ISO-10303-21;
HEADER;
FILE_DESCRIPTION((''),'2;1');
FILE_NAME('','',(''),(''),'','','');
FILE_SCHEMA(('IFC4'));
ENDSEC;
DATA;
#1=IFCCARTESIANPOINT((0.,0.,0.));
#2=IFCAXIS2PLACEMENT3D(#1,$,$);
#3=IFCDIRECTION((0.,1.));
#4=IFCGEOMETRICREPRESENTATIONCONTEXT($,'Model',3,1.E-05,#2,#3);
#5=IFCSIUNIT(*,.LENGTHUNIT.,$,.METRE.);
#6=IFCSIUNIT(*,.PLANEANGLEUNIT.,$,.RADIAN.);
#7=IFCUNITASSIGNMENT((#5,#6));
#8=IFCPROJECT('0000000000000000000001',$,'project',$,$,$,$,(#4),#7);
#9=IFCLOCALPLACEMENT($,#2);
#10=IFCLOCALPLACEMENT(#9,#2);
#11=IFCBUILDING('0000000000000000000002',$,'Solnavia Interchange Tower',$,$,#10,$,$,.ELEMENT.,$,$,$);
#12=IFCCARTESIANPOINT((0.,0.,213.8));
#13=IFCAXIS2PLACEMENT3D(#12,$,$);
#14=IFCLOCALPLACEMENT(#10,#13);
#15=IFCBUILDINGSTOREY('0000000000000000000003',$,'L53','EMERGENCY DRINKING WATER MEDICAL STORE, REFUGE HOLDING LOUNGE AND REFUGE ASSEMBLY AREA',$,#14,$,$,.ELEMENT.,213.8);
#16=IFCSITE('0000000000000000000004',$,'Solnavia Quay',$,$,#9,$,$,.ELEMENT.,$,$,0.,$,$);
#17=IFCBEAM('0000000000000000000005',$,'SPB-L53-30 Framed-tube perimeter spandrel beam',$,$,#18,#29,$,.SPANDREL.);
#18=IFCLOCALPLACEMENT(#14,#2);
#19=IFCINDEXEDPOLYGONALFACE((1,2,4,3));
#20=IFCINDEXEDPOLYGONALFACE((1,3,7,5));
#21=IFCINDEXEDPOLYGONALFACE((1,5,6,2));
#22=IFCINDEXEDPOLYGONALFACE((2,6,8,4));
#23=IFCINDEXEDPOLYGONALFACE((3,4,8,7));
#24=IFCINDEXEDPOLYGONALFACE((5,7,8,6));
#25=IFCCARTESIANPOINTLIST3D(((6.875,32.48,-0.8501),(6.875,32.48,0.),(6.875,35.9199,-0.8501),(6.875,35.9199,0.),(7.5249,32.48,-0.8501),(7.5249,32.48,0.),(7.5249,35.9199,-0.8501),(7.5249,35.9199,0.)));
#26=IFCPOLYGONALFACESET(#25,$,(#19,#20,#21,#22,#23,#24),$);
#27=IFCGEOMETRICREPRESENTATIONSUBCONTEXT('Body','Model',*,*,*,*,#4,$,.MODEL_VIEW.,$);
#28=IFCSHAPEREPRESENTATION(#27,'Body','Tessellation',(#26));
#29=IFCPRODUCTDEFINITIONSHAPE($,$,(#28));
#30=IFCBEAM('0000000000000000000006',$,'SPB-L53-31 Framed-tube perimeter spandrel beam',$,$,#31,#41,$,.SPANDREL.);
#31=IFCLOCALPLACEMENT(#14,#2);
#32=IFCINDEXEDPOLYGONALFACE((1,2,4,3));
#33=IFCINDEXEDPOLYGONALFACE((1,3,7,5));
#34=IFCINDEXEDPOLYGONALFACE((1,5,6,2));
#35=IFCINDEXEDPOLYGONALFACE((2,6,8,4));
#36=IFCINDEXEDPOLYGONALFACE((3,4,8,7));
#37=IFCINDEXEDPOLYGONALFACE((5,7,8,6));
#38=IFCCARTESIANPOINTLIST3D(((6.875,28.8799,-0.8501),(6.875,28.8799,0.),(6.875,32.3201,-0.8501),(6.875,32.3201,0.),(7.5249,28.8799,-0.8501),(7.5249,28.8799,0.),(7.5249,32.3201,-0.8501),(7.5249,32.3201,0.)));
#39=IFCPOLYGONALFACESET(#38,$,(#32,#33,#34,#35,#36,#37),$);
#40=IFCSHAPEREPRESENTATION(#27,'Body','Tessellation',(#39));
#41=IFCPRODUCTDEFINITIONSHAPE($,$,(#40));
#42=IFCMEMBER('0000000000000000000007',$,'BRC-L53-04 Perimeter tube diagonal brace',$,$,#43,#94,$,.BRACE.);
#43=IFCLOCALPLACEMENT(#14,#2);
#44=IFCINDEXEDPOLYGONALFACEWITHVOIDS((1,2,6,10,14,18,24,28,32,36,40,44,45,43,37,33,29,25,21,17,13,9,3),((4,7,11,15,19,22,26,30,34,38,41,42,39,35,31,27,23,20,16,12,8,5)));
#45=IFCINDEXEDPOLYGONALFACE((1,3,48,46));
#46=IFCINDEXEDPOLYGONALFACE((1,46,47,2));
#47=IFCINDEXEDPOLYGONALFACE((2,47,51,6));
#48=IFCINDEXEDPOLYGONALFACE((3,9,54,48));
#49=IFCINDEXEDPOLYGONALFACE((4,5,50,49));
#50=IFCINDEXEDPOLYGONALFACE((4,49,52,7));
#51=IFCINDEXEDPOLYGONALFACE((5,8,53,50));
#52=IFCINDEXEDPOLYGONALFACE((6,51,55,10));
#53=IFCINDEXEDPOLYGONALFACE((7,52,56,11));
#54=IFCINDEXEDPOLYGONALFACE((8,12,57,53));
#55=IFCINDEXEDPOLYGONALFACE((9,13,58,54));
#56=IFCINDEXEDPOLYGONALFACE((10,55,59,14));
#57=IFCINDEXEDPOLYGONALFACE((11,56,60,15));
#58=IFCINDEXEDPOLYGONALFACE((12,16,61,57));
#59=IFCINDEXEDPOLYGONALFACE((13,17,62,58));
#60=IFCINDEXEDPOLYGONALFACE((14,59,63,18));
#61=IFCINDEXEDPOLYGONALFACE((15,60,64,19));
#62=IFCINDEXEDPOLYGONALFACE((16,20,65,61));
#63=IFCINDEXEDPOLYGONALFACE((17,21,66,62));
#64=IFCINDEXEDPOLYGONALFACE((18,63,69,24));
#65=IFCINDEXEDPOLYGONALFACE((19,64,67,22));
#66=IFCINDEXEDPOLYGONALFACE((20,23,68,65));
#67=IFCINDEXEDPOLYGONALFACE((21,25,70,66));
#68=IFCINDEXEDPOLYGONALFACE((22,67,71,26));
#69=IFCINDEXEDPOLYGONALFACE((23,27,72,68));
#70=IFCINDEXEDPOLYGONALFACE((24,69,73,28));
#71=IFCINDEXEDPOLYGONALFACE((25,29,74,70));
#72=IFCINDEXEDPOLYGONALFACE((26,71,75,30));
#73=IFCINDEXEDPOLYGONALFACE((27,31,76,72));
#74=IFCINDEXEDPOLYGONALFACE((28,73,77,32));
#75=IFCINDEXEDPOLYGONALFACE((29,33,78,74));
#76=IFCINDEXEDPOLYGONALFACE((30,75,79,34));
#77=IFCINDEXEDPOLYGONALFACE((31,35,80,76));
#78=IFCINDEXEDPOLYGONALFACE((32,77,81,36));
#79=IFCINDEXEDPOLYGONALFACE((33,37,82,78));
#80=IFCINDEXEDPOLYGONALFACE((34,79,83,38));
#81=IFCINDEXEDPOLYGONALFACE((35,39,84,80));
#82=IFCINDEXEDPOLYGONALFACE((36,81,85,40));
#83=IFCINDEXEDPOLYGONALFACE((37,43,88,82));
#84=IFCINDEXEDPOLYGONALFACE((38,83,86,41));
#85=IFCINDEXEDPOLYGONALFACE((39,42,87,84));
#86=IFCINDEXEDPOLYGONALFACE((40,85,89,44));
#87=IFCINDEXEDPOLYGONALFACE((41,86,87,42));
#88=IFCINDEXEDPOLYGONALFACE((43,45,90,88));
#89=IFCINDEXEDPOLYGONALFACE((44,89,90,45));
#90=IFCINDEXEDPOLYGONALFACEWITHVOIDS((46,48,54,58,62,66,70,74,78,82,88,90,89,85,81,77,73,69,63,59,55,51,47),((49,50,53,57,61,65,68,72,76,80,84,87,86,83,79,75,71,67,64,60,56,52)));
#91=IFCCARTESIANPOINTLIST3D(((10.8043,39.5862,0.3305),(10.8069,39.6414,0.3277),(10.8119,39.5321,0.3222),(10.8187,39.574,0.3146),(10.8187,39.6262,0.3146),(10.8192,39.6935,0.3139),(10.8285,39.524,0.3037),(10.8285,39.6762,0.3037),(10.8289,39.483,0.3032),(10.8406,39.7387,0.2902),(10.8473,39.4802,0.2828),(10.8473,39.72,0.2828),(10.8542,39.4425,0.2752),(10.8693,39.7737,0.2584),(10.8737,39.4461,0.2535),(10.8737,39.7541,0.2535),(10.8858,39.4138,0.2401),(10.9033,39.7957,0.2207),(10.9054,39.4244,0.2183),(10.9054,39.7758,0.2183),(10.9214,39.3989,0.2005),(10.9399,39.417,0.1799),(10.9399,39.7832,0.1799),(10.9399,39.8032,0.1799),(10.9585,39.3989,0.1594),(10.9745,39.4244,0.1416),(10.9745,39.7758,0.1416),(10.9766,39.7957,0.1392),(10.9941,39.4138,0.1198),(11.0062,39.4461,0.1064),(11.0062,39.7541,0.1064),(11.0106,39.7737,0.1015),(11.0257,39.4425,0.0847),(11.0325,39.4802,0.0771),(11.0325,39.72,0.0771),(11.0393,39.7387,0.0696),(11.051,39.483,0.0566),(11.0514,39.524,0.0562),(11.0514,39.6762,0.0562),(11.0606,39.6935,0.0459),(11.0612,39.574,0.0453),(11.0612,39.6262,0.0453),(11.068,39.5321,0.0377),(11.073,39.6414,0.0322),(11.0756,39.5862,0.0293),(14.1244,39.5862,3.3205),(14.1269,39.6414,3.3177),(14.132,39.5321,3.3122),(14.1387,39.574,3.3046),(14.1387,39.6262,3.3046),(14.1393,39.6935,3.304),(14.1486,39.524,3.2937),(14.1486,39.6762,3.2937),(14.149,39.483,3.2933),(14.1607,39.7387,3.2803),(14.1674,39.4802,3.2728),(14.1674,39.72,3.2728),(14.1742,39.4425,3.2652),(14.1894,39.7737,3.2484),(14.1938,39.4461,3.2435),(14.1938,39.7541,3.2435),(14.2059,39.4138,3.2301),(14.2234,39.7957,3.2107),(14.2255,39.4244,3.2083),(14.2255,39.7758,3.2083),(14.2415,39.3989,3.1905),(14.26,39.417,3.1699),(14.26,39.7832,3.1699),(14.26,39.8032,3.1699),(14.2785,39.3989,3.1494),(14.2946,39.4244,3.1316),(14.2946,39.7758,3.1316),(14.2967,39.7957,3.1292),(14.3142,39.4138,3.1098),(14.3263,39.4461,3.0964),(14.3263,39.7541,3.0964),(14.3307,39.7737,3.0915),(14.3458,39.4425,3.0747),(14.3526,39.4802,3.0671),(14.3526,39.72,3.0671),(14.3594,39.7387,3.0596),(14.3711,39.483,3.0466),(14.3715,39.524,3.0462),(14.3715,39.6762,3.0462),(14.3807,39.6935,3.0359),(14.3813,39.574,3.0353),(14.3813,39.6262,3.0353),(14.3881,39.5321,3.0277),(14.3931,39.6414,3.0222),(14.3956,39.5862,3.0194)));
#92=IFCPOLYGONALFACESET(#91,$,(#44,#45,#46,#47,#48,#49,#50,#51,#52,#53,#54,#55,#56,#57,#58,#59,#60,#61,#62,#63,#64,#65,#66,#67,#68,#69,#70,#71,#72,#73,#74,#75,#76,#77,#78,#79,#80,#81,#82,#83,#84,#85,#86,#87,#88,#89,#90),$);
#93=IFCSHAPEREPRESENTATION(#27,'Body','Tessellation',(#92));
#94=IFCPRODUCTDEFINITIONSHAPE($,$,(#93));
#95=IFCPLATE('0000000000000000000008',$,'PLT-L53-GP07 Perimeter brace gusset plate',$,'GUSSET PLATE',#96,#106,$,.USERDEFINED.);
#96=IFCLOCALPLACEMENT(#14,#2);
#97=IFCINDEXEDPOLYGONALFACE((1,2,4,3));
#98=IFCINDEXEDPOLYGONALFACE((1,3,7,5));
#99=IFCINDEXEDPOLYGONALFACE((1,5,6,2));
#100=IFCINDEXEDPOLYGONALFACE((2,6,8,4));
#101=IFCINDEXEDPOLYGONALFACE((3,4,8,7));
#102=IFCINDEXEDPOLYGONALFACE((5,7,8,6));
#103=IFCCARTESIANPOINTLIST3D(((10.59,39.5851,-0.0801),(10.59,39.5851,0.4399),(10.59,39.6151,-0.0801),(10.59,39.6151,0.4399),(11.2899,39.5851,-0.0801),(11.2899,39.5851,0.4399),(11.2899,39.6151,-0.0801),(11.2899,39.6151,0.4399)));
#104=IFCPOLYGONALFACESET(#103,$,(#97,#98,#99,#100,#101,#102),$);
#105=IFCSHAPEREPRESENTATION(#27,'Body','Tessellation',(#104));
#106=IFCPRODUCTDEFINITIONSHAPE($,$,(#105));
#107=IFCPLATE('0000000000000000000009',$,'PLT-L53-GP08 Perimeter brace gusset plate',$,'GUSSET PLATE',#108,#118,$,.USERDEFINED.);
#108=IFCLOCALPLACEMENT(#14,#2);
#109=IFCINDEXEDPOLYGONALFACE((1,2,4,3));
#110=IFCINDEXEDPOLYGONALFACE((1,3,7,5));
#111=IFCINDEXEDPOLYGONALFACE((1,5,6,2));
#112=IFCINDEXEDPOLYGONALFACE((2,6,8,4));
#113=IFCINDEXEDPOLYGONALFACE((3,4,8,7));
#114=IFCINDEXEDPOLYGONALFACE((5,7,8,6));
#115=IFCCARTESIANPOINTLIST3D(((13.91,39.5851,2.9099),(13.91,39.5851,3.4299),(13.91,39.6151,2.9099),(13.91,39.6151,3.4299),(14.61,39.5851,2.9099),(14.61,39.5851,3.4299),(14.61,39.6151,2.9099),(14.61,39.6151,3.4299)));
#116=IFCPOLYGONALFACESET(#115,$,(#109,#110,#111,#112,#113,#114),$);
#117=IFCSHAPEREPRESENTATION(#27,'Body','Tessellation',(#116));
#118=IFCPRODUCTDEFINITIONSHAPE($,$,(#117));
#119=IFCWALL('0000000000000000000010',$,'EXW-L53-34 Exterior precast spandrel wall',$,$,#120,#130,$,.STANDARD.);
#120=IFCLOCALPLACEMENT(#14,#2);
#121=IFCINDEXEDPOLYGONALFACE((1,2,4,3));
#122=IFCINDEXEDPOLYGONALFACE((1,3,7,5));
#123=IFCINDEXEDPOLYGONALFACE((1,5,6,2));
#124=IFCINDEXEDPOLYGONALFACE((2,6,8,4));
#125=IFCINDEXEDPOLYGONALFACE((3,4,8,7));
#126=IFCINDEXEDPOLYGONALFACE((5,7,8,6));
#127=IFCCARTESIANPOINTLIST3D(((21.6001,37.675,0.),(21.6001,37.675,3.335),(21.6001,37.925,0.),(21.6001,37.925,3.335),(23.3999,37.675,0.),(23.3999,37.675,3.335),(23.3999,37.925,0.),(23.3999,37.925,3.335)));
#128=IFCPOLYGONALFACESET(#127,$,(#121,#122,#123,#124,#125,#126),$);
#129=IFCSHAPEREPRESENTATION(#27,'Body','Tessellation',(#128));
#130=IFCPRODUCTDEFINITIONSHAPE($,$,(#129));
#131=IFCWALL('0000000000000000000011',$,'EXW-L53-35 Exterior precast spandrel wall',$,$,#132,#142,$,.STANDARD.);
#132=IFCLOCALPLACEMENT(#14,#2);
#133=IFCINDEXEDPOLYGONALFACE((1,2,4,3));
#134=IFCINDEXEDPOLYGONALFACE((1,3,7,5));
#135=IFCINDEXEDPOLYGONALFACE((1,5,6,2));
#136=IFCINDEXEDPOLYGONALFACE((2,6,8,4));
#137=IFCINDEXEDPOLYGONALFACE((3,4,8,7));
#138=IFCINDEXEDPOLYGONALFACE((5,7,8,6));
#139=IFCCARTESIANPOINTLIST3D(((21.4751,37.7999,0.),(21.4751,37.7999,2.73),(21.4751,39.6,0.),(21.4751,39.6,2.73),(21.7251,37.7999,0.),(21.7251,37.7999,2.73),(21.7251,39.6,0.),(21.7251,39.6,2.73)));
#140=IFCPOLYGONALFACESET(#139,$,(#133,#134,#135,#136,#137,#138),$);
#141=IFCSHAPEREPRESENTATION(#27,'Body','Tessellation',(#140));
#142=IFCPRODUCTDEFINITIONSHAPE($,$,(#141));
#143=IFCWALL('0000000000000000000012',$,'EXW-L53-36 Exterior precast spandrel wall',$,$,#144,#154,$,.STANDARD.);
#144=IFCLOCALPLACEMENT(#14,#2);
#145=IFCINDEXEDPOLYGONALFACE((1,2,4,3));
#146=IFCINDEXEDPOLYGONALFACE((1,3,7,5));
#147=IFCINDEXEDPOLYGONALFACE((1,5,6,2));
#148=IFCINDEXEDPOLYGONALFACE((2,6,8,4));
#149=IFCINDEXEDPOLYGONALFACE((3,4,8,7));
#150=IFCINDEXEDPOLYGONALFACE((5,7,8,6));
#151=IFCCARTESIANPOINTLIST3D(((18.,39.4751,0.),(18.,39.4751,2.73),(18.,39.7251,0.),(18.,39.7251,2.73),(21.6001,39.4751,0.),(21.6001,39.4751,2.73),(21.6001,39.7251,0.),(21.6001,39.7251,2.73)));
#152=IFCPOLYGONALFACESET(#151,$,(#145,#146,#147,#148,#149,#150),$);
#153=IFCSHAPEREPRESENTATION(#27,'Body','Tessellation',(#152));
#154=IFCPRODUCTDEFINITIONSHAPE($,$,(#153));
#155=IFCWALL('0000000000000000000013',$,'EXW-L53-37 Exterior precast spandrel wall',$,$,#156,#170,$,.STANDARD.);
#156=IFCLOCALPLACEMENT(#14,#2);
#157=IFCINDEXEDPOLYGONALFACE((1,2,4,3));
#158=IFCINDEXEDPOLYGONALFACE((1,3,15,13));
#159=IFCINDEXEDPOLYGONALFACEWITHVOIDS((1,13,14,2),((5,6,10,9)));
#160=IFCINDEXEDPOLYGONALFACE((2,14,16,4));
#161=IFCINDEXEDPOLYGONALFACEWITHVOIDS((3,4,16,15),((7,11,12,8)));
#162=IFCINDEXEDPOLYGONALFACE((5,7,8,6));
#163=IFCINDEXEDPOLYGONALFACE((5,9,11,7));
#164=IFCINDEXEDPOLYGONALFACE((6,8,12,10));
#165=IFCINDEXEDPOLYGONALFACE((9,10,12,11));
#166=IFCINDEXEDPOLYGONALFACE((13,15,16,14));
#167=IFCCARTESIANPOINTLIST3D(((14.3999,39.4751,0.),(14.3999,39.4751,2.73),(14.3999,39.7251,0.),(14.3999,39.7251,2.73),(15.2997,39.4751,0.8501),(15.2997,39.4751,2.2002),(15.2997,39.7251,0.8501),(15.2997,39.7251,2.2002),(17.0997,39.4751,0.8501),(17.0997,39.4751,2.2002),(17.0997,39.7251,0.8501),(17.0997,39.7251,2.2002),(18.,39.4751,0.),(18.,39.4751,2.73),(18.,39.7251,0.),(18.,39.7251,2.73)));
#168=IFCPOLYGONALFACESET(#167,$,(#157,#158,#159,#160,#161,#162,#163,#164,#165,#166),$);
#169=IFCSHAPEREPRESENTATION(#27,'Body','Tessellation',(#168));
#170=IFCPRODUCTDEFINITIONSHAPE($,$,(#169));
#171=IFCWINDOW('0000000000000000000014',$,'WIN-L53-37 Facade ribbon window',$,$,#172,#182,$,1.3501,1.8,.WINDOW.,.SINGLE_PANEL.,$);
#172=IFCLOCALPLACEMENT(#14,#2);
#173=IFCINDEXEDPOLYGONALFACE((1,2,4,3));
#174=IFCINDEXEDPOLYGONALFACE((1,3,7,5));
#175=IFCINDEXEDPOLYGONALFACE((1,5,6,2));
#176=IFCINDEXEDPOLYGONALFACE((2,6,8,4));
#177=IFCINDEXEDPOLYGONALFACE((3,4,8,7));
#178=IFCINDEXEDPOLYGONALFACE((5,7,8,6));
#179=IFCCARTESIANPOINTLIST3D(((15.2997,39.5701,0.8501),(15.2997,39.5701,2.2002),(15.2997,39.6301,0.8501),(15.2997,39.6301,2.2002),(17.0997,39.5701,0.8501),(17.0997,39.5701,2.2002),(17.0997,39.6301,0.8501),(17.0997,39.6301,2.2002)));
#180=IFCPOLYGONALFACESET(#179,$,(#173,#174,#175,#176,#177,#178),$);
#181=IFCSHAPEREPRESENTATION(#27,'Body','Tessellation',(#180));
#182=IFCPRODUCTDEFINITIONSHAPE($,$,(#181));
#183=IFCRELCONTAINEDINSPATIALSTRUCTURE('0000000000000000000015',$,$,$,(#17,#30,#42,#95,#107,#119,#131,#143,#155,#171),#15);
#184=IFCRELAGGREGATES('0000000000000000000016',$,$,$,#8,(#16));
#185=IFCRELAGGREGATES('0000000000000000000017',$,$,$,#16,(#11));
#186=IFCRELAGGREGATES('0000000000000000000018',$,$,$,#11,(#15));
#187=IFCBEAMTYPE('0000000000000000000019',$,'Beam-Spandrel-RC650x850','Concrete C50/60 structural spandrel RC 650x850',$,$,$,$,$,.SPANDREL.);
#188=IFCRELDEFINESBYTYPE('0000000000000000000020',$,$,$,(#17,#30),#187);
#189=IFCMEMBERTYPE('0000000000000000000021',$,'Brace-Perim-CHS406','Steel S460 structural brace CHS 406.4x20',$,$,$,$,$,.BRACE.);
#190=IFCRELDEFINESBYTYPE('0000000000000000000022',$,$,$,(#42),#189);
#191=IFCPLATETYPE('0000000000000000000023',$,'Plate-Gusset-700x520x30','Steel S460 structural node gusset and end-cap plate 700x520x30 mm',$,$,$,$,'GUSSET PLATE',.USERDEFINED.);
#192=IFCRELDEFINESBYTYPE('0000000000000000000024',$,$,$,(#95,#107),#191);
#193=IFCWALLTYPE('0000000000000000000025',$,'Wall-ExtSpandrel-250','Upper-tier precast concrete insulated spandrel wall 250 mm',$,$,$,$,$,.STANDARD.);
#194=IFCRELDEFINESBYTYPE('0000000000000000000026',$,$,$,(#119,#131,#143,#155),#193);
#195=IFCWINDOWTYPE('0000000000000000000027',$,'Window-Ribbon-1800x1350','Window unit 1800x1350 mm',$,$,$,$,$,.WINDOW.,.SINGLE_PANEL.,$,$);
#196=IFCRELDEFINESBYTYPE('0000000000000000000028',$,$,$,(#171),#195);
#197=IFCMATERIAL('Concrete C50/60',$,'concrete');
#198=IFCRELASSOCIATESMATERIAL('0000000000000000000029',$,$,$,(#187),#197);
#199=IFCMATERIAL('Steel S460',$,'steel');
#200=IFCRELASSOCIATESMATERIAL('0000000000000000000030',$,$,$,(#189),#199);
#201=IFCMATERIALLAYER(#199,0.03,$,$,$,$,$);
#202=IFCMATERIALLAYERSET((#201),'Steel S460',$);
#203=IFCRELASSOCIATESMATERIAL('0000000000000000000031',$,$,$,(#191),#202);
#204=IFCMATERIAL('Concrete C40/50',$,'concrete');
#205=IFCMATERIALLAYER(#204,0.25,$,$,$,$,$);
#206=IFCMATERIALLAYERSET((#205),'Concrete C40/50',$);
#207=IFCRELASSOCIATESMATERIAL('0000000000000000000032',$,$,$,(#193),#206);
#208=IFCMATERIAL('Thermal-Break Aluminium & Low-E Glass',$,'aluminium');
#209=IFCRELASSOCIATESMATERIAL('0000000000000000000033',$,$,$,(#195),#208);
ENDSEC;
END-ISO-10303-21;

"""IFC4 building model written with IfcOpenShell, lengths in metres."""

from ifc_helpers import new_model, si_unit, direction, frame, frame_2d, origin, origin_2d, place, context, subcontext, project, spatial, rectangle, hollow_circle, extrude, material, layer, layer_set, material_profile, profile_set, type_object, element, fill, save


model = new_model("IFC4")

# Units and contexts
model_context = context("Model", 3, precision=1e-05, world=origin(), true_north=direction((0.0, 1.0)))
body_context = subcontext(model_context, "Body", "Model", "MODEL_VIEW")
ifc_project = project(units=[si_unit("LENGTHUNIT", "METRE"), si_unit("PLANEANGLEUNIT", "RADIAN")], contexts=[model_context])

# Site, building, storey
site_placement = place(None, origin())
site = spatial("IfcSite", under=ifc_project, at=site_placement, Name="Solnavia Quay", CompositionType="ELEMENT", RefElevation=0.0)
building_placement = place(site_placement, origin())
building = spatial("IfcBuilding", under=site, at=building_placement, Name="Solnavia Interchange Tower", CompositionType="ELEMENT")
storey_placement = place(building_placement, frame((0.0, 0.0, 213.8)))
storey = spatial("IfcBuildingStorey", under=building, at=storey_placement, Name="L53", Description="EMERGENCY DRINKING WATER MEDICAL STORE, REFUGE HOLDING LOUNGE AND REFUGE ASSEMBLY AREA", CompositionType="ELEMENT", Elevation=213.8)

# Shared definitions
ifc_material_1 = material(Name="Concrete C50/60", Category="concrete")

# Beams
ifc_material_2 = material(Name="Steel S460", Category="steel")
ifc_material_profile_1 = material_profile(ifc_material_1, rectangle(XDim=0.6499, YDim=0.8501, at=origin_2d()), Name="RC 650x850")
ifc_profile_set_1 = profile_set([ifc_material_profile_1], Name="Concrete C50/60")
beam_type_1 = type_object("IfcBeamType", Name="Beam-Spandrel-RC650x850", Description="Concrete C50/60 structural spandrel RC 650x850", PredefinedType="SPANDREL", material=ifc_profile_set_1)
beam_1_placement = place(storey_placement, frame((7.2, 35.9199, -0.425), z_axis=(0.0, -1.0, 0.0), x_axis=(1.0, 0.0, 0.0)))
element("IfcBeam", 1, at=beam_1_placement, inside=storey, type_object=beam_type_1, Name="SPB-L53-30 Framed-tube perimeter spandrel beam", PredefinedType="SPANDREL", context=body_context, shape_type="SweptSolid", body=[
    extrude(rectangle(XDim=0.6499, YDim=0.8501, at=origin_2d()), origin(), (0.0, 0.0, 1.0), 3.4399),
])
beam_2_placement = place(storey_placement, frame((7.2, 32.3201, -0.425), z_axis=(0.0, -1.0, 0.0), x_axis=(1.0, 0.0, 0.0)))
element("IfcBeam", 2, at=beam_2_placement, inside=storey, type_object=beam_type_1, Name="SPB-L53-31 Framed-tube perimeter spandrel beam", PredefinedType="SPANDREL", context=body_context, shape_type="SweptSolid", body=[
    extrude(rectangle(XDim=0.6499, YDim=0.8501, at=origin_2d()), origin(), (0.0, 0.0, 1.0), 3.4402),
])

# Member
ifc_material_profile_2 = material_profile(ifc_material_2, hollow_circle(Radius=0.2031, WallThickness=0.02, at=origin_2d()), Name="CHS 406.4x20")
ifc_profile_set_2 = profile_set([ifc_material_profile_2], Name="Steel S460")
member_type = type_object("IfcMemberType", Name="Brace-Perim-CHS406", Description="Steel S460 structural brace CHS 406.4x20", PredefinedType="BRACE", material=ifc_profile_set_2)
member_placement = place(storey_placement, frame((10.9399, 39.6001, 0.1799), z_axis=(0.743079, 0.0, 0.669203), x_axis=(0.0, 1.0, 0.0)))
element("IfcMember", 3, at=member_placement, inside=storey, type_object=member_type, Name="BRC-L53-04 Perimeter tube diagonal brace", PredefinedType="BRACE", context=body_context, shape_type="SweptSolid", body=[
    extrude(hollow_circle(Radius=0.2031, WallThickness=0.02, at=origin_2d()), origin(), (0.0, 0.0, 1.0), 4.468),
])

# Plates
ifc_layer_1 = layer(ifc_material_2, 0.03)
ifc_layer_set_1 = layer_set([ifc_layer_1], Name="Steel S460")
plate_type = type_object("IfcPlateType", Name="Plate-Gusset-700x520x30", Description="Steel S460 structural node gusset and end-cap plate 700x520x30 mm", ElementType="GUSSET PLATE", PredefinedType="USERDEFINED", material=ifc_layer_set_1)
for number, where, z_axis, x_axis, name in (
    (4, (10.9399, 39.6001, -0.0801), (0.0, 0.0, 1.0), (1.0, 0.0, 0.0), "PLT-L53-GP07 Perimeter brace gusset plate"),
    (5, (14.26, 39.6001, 2.9099), (0.0, 0.0, 1.0), (1.0, 0.0, 0.0), "PLT-L53-GP08 Perimeter brace gusset plate"),
):
    element("IfcPlate", number, at=place(storey_placement, frame(where, z_axis=z_axis, x_axis=x_axis)), inside=storey, type_object=plate_type, Name=name, ObjectType="GUSSET PLATE", PredefinedType="USERDEFINED", context=body_context, shape_type="SweptSolid", body=[
        extrude(rectangle(XDim=0.7, YDim=0.03, at=origin_2d()), origin(), (0.0, 0.0, 1.0), 0.52),
    ])

# Walls
ifc_material_3 = material(Name="Concrete C40/50", Category="concrete")
ifc_layer_2 = layer(ifc_material_3, 0.25)
ifc_layer_set_2 = layer_set([ifc_layer_2], Name="Concrete C40/50")
wall_type_1 = type_object("IfcWallType", Name="Wall-ExtSpandrel-250", Description="Upper-tier precast concrete insulated spandrel wall 250 mm", PredefinedType="STANDARD", material=ifc_layer_set_2)
wall_1_placement = place(storey_placement, frame((21.6001, 37.8, 0.0), z_axis=(0.0, 0.0, 1.0), x_axis=(1.0, 0.0, 0.0)))
element("IfcWall", 6, at=wall_1_placement, inside=storey, type_object=wall_type_1, Name="EXW-L53-34 Exterior precast spandrel wall", PredefinedType="STANDARD", context=body_context, shape_type="SweptSolid", body=[
    extrude(rectangle(XDim=1.7998, YDim=0.25, at=frame_2d((0.8999, 0.0))), origin(), (0.0, 0.0, 1.0), 3.335),
])
wall_2_placement = place(storey_placement, frame((21.6001, 37.8, 0.0), z_axis=(0.0, 0.0, 1.0), x_axis=(0.0, 1.0, 0.0)))
element("IfcWall", 7, at=wall_2_placement, inside=storey, type_object=wall_type_1, Name="EXW-L53-35 Exterior precast spandrel wall", PredefinedType="STANDARD", context=body_context, shape_type="SweptSolid", body=[
    extrude(rectangle(XDim=1.8, YDim=0.25, at=frame_2d((0.8999, 0.0))), origin(), (0.0, 0.0, 1.0), 2.73),
])
wall_3_placement = place(storey_placement, frame((18.0, 39.6001, 0.0), z_axis=(0.0, 0.0, 1.0), x_axis=(1.0, 0.0, 0.0)))
element("IfcWall", 8, at=wall_3_placement, inside=storey, type_object=wall_type_1, Name="EXW-L53-36 Exterior precast spandrel wall", PredefinedType="STANDARD", context=body_context, shape_type="SweptSolid", body=[
    extrude(rectangle(XDim=3.6001, YDim=0.25, at=frame_2d((1.8, 0.0))), origin(), (0.0, 0.0, 1.0), 2.73),
])

# Wall, opening, window
wall_4_placement = place(storey_placement, frame((14.3999, 39.6001, 0.0), z_axis=(0.0, 0.0, 1.0), x_axis=(1.0, 0.0, 0.0)))
wall_4 = element("IfcWall", 9, at=wall_4_placement, inside=storey, type_object=wall_type_1, Name="EXW-L53-37 Exterior precast spandrel wall", PredefinedType="STANDARD", context=body_context, shape_type="SweptSolid", body=[
    extrude(rectangle(XDim=3.6001, YDim=0.25, at=frame_2d((1.8, 0.0))), origin(), (0.0, 0.0, 1.0), 2.73),
])
opening_1_placement = place(wall_4_placement, frame((0.8999, 0.0, 0.8501)))
opening_1 = element("IfcOpeningElement", 10, at=opening_1_placement, cuts=wall_4, PredefinedType="OPENING", context=body_context, shape_type="SweptSolid", body=[
    extrude(rectangle(XDim=1.8, YDim=1.3501, at=frame_2d((0.8999, 0.675))), frame((0.0, 0.135, 0.0), z_axis=(0.0, -1.0, 0.0), x_axis=(1.0, 0.0, 0.0)), (0.0, 0.0, 1.0), 0.27),
])
ifc_material_4 = material(Name="Thermal-Break Aluminium & Low-E Glass", Category="aluminium")
window_type = type_object("IfcWindowType", Name="Window-Ribbon-1800x1350", Description="Window unit 1800x1350 mm", PartitioningType="SINGLE_PANEL", PredefinedType="WINDOW", material=ifc_material_4)
window_placement = place(opening_1_placement, origin())
window = element("IfcWindow", 11, at=window_placement, inside=storey, type_object=window_type, Name="WIN-L53-37 Facade ribbon window", OverallHeight=1.3501, OverallWidth=1.8, PartitioningType="SINGLE_PANEL", PredefinedType="WINDOW", context=body_context, shape_type="SweptSolid", body=[
    extrude(rectangle(XDim=1.8, YDim=1.3501, at=frame_2d((0.8999, 0.675))), frame((0.0, 0.03, 0.0), z_axis=(0.0, -1.0, 0.0), x_axis=(1.0, 0.0, 0.0)), (0.0, 0.0, 1.0), 0.0601),
])
fill(opening_1, window)

save(model, "model.ifc")
